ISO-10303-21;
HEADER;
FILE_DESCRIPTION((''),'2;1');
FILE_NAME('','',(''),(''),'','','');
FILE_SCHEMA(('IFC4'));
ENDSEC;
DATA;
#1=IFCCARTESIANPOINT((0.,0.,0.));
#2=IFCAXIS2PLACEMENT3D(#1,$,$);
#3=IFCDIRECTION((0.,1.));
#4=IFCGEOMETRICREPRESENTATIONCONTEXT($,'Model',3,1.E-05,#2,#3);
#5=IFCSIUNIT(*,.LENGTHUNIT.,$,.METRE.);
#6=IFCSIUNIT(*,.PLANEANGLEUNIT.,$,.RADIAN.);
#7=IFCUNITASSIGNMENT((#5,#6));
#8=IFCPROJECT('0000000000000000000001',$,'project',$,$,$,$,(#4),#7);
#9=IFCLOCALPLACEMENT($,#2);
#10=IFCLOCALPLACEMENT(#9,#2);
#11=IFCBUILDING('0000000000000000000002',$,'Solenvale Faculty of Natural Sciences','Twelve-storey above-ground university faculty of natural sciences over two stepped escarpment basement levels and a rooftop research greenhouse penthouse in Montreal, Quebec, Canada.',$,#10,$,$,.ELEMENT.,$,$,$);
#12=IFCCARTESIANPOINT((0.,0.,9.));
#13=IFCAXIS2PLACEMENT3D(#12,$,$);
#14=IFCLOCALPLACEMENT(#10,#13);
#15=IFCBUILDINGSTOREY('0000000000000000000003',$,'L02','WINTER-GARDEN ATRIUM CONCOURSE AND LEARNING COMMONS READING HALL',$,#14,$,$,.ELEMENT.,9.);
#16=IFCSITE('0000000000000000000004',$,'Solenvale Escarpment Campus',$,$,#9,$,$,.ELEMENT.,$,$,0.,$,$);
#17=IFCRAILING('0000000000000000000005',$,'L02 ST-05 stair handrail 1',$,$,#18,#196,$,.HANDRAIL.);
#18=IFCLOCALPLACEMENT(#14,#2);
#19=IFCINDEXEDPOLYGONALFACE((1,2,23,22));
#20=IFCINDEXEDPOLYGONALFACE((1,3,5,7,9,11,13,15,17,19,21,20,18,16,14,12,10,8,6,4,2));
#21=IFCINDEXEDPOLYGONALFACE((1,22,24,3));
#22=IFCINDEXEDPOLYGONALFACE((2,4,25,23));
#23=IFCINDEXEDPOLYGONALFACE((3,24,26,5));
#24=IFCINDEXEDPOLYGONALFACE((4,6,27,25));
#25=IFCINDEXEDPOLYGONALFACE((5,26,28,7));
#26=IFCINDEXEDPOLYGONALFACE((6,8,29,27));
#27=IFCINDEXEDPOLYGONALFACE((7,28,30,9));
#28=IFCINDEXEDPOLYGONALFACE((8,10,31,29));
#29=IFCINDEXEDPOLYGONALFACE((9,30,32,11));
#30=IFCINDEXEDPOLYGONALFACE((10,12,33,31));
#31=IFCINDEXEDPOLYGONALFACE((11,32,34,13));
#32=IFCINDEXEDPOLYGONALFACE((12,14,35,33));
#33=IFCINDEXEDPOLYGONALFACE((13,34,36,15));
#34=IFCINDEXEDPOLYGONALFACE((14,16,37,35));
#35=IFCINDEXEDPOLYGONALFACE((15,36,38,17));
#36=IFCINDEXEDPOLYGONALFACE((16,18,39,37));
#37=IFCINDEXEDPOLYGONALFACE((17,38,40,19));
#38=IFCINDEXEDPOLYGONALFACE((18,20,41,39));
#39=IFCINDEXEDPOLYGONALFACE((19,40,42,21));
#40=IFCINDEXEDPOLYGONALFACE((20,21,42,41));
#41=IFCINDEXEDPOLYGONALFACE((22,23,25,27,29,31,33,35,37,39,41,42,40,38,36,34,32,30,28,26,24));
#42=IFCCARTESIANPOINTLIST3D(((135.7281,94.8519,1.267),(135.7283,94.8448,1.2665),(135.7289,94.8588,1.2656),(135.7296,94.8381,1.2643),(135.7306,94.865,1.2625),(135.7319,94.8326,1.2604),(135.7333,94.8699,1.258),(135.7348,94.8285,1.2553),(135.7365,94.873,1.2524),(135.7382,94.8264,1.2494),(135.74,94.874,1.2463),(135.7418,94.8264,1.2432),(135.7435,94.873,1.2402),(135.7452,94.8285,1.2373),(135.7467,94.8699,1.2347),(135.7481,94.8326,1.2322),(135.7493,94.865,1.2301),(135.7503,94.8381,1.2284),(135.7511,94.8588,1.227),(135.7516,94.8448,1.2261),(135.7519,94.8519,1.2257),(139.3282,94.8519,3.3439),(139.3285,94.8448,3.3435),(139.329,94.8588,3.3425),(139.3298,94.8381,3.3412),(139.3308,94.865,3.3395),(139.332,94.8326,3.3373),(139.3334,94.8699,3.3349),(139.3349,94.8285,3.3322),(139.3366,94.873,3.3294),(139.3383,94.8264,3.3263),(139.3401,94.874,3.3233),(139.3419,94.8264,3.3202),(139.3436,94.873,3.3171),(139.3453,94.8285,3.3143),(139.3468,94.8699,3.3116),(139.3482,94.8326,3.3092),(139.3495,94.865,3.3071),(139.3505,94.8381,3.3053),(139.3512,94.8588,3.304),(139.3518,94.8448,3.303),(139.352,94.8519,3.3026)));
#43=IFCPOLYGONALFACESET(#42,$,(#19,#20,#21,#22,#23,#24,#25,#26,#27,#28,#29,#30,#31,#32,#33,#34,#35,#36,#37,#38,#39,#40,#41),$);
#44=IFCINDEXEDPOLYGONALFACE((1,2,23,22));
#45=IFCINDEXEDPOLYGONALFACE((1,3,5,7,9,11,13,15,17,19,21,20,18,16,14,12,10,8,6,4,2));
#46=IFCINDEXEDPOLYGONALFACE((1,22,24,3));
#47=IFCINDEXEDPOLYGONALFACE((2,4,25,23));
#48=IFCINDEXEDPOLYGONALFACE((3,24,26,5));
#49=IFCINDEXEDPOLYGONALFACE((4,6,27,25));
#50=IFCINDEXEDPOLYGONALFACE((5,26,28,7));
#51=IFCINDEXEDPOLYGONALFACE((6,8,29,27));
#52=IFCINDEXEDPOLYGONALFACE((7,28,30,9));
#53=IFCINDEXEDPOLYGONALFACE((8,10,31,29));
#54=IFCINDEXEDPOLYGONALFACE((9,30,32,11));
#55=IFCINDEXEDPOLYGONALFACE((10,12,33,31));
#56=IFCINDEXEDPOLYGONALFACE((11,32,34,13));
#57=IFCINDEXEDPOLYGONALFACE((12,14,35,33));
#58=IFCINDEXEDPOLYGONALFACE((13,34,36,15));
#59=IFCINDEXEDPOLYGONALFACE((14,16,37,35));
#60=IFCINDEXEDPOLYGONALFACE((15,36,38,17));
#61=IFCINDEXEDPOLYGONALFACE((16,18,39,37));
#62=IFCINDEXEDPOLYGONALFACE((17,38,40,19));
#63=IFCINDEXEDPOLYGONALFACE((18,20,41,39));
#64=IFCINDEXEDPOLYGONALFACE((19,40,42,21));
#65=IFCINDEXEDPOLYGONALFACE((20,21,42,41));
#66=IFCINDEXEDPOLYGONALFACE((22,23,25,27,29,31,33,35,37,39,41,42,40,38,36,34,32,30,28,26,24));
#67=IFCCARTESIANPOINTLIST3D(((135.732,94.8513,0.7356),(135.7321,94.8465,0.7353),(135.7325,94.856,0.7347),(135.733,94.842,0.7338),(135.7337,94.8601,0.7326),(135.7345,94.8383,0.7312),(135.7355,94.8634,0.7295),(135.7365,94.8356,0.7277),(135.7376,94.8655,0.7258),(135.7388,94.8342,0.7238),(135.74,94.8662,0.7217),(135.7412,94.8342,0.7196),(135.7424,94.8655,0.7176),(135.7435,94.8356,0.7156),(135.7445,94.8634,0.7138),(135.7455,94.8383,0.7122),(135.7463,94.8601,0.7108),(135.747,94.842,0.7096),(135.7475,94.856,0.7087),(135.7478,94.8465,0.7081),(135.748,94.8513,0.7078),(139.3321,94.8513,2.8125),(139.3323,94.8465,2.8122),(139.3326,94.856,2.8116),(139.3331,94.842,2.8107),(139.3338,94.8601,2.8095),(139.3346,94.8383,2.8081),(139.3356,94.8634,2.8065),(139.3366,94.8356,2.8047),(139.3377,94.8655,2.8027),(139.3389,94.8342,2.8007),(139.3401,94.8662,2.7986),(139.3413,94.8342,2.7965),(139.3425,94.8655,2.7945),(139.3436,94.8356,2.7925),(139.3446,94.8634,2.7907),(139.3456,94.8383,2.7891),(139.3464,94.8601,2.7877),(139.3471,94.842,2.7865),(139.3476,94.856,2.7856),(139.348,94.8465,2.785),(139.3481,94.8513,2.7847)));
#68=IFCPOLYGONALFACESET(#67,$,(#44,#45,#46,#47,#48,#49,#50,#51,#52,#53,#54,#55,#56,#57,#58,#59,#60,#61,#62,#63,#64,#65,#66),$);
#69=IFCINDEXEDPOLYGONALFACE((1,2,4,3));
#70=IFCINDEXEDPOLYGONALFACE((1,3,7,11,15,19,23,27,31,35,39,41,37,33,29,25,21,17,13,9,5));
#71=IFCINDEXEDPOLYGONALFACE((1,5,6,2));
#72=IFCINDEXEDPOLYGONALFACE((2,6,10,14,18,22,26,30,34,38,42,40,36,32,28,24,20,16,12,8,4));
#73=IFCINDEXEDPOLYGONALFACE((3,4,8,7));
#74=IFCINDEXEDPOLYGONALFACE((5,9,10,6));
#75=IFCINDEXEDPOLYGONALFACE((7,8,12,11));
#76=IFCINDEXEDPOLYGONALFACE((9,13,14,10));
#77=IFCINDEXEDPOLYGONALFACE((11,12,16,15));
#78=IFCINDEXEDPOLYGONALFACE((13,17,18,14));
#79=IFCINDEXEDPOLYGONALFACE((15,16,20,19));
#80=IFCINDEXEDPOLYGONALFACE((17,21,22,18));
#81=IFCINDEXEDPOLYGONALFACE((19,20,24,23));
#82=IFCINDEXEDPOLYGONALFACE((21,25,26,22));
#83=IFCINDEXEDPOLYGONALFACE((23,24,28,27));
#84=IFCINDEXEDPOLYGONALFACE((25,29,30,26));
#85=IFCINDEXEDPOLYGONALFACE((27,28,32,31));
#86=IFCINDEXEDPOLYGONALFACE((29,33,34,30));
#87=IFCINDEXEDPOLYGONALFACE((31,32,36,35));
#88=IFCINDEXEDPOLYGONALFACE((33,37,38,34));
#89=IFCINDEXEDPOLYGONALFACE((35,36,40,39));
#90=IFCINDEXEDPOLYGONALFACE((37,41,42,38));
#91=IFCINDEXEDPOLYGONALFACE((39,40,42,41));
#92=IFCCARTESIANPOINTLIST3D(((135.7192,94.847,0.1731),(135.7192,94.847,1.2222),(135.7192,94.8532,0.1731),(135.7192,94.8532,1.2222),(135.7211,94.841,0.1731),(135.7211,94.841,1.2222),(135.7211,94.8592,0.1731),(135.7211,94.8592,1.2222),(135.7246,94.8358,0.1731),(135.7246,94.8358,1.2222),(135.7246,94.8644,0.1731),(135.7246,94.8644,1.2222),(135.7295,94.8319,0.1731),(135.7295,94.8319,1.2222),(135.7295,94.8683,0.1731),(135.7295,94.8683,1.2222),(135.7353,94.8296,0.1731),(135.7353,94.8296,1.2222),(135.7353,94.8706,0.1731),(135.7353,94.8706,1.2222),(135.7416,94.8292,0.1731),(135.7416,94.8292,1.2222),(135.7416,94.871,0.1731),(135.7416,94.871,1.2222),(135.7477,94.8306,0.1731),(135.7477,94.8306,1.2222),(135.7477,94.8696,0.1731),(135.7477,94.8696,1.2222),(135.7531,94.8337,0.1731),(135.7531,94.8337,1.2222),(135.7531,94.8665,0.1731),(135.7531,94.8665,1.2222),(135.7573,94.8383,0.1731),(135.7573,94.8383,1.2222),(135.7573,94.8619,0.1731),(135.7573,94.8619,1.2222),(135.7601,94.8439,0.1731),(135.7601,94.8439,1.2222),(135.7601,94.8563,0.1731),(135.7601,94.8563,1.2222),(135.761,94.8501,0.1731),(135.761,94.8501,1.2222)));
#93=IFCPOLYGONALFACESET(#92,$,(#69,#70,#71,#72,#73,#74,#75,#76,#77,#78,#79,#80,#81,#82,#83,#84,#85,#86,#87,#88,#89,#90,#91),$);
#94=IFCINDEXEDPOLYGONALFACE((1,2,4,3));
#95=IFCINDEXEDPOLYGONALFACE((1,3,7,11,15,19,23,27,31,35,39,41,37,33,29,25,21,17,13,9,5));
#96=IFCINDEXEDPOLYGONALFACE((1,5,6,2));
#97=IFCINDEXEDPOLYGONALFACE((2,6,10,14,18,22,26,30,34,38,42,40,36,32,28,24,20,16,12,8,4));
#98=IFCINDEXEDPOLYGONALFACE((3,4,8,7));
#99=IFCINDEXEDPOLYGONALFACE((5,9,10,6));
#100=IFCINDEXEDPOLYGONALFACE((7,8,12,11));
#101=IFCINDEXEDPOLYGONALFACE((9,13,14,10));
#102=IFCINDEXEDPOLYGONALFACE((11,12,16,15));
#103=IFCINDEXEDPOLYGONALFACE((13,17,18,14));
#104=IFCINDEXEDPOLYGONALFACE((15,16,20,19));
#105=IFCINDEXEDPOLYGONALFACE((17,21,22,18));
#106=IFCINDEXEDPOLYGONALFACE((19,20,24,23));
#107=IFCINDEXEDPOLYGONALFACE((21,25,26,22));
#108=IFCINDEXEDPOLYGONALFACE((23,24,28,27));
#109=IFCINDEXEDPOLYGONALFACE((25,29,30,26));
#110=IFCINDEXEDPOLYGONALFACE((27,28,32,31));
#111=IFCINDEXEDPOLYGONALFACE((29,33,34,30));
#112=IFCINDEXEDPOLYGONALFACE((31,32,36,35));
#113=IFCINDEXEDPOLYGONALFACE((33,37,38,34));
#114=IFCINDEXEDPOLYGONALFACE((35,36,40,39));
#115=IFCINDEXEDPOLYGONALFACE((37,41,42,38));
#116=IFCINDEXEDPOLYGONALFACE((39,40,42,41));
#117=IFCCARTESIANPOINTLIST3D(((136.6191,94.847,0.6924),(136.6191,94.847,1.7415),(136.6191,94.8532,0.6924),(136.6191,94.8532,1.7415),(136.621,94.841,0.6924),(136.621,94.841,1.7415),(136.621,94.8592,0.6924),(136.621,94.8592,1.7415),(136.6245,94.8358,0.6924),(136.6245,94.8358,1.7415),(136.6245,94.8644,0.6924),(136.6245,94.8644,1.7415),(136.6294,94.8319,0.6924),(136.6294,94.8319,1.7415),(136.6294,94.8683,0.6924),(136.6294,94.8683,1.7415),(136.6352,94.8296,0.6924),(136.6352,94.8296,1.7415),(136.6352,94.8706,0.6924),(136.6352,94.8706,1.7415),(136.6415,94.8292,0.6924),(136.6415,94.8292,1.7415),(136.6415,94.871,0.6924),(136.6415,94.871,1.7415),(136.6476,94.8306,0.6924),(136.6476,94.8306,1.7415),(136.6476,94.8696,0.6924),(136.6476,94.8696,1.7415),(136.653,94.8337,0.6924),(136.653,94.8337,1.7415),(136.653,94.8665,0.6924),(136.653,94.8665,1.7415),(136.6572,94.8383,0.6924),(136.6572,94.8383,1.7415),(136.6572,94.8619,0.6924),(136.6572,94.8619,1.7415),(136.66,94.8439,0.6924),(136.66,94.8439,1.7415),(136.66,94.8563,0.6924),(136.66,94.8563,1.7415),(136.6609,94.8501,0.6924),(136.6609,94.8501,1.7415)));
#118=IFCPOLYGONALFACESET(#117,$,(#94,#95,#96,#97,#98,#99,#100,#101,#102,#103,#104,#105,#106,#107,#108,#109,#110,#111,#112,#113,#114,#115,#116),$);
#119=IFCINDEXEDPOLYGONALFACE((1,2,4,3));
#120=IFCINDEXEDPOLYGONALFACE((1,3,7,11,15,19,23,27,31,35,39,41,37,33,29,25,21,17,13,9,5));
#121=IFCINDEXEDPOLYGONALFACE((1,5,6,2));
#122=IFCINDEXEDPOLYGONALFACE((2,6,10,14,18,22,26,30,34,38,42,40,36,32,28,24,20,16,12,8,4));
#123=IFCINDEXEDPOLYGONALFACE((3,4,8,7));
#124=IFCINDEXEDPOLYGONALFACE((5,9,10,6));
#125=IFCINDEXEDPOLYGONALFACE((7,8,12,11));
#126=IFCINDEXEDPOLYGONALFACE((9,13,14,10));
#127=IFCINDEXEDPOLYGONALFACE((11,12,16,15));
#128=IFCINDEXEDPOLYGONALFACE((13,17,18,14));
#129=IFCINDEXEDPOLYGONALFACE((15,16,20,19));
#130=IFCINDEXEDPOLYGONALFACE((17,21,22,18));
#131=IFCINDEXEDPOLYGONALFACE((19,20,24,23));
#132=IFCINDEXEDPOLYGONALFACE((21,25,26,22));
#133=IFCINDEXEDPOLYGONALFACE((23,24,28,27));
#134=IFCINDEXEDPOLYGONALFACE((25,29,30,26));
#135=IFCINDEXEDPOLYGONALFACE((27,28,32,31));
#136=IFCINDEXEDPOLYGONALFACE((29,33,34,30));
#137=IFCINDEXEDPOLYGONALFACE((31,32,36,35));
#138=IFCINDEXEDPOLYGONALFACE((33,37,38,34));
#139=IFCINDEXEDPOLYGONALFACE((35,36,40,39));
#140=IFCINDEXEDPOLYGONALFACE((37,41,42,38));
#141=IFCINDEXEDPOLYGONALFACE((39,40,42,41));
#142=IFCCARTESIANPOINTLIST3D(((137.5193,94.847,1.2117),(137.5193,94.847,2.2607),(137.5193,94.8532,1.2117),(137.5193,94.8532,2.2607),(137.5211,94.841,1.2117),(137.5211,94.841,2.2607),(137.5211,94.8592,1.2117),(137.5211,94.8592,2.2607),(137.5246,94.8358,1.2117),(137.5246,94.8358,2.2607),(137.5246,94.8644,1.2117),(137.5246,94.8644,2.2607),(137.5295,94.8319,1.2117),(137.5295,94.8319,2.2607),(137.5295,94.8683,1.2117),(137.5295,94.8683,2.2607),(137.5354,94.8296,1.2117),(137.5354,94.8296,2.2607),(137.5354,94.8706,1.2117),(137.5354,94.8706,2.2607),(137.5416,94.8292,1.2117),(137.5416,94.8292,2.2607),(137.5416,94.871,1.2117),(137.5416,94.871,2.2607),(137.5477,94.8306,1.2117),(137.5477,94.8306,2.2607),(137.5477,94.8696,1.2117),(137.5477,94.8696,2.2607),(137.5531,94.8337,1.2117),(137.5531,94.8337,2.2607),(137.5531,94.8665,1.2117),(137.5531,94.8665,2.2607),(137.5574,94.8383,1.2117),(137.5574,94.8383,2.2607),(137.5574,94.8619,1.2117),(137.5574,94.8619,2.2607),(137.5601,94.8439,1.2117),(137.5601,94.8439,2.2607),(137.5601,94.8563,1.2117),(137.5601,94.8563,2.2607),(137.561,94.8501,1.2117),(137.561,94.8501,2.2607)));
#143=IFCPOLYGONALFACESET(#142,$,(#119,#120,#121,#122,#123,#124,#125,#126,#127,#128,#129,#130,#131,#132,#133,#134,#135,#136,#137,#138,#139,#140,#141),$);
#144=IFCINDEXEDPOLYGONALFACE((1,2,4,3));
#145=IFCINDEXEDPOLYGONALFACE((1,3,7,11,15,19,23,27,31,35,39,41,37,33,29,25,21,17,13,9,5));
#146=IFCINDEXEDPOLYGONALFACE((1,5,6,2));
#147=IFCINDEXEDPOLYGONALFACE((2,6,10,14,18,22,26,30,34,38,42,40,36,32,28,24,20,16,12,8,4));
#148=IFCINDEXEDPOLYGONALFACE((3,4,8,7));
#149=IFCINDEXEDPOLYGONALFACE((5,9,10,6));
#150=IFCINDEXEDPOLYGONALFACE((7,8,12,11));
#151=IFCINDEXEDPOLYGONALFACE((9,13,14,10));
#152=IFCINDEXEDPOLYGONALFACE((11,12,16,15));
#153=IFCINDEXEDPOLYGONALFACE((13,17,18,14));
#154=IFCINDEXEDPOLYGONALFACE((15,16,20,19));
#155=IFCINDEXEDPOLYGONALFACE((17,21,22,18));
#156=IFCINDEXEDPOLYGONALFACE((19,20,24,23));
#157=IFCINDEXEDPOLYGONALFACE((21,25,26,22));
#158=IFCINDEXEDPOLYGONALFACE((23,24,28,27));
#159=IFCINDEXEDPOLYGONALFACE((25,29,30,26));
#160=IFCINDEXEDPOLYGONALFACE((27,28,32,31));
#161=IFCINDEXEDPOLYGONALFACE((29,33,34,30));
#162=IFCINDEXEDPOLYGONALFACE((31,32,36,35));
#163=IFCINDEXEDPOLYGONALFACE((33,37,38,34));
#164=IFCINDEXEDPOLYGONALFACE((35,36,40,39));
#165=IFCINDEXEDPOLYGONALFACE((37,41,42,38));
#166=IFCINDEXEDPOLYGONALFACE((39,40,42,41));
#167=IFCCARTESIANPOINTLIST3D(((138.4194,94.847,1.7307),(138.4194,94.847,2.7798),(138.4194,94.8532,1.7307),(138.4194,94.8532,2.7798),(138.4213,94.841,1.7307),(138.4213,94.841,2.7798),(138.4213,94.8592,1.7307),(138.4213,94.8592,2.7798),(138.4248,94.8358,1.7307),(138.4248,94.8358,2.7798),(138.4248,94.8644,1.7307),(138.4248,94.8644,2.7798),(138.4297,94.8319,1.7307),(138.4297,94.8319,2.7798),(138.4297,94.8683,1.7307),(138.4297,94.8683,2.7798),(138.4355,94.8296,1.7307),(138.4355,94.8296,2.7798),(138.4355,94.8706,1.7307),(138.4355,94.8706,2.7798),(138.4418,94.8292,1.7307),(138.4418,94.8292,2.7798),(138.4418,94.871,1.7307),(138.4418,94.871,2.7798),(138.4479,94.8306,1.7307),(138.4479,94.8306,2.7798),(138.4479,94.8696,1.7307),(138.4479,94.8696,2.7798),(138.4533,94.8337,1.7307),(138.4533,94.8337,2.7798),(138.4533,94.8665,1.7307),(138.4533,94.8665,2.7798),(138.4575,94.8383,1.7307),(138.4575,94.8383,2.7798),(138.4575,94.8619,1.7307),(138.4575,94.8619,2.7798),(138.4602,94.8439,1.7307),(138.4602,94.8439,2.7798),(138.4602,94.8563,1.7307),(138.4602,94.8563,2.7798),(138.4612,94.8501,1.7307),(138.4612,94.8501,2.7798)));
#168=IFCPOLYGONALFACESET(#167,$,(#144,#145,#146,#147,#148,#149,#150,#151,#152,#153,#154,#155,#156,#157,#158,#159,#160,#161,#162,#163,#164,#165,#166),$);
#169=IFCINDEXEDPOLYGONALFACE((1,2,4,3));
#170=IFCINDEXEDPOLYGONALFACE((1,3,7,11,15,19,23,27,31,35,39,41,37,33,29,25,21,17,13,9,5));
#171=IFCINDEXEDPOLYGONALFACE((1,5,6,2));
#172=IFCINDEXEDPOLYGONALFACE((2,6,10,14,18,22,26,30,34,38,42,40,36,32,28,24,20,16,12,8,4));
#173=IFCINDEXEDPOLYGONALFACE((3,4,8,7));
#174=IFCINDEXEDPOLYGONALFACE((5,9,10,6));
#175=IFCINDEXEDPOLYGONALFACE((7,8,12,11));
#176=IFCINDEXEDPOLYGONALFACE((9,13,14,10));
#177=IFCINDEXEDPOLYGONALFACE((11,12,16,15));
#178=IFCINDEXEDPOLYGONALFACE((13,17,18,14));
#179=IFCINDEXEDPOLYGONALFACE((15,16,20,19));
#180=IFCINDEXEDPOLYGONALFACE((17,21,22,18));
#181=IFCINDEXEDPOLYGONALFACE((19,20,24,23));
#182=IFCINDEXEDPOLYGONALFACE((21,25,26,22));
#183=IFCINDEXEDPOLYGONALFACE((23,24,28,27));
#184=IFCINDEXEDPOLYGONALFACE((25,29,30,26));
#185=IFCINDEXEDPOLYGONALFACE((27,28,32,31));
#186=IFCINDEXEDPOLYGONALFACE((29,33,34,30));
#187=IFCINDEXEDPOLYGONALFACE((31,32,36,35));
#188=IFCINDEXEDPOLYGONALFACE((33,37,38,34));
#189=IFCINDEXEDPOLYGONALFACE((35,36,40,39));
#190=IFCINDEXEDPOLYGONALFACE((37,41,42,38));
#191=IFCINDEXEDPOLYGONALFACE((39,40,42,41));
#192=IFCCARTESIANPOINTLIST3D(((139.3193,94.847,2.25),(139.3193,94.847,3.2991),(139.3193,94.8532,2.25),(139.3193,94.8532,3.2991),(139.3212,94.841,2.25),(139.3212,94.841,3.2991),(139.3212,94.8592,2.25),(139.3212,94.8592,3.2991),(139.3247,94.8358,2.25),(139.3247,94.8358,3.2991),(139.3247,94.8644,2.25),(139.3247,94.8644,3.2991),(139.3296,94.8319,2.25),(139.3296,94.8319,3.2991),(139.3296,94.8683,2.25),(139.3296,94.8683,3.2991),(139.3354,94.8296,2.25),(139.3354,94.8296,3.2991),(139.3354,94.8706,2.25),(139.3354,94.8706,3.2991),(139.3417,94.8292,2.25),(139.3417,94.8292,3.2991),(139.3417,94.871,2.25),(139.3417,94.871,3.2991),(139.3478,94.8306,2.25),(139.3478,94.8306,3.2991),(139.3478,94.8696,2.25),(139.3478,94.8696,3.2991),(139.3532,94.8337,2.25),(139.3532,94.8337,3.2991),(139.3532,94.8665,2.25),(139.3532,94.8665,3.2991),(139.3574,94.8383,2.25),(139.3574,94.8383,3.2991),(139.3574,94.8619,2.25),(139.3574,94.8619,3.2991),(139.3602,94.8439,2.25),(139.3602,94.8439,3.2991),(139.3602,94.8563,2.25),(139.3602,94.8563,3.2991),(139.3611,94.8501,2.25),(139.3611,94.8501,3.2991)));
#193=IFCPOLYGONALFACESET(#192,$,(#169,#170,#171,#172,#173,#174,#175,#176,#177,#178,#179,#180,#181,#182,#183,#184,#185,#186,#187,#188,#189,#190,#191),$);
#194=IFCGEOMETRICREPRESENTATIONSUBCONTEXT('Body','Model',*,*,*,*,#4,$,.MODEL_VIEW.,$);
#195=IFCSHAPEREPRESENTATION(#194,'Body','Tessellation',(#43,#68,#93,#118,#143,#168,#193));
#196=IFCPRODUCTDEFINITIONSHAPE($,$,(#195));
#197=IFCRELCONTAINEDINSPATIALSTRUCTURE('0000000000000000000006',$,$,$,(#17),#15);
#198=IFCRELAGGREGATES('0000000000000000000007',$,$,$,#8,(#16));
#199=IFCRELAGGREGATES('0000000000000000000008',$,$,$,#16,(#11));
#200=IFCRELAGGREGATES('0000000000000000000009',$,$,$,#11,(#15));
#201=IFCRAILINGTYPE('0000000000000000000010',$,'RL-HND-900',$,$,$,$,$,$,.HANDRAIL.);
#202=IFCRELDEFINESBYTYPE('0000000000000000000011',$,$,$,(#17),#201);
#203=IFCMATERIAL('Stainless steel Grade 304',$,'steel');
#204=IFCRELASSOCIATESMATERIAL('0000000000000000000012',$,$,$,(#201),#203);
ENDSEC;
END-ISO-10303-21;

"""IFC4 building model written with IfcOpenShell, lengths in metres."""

from ifc_helpers import new_model, si_unit, direction, frame, origin, origin_2d, place, context, subcontext, project, spatial, circle, extrude, material, type_object, element, save


model = new_model("IFC4")

# Units and contexts
model_context = context("Model", 3, precision=1e-05, world=origin(), true_north=direction((0.0, 1.0)))
body_context = subcontext(model_context, "Body", "Model", "MODEL_VIEW")
ifc_project = project(units=[si_unit("LENGTHUNIT", "METRE"), si_unit("PLANEANGLEUNIT", "RADIAN")], contexts=[model_context])

# Site, building, storey
site_placement = place(None, origin())
site = spatial("IfcSite", under=ifc_project, at=site_placement, Name="Solenvale Escarpment Campus", CompositionType="ELEMENT", RefElevation=0.0)
building_placement = place(site_placement, origin())
building = spatial("IfcBuilding", under=site, at=building_placement, Name="Solenvale Faculty of Natural Sciences", Description="Twelve-storey above-ground university faculty of natural sciences over two stepped escarpment basement levels and a rooftop research greenhouse penthouse in Montreal, Quebec, Canada.", CompositionType="ELEMENT")
storey_placement = place(building_placement, frame((0.0, 0.0, 9.0)))
storey = spatial("IfcBuildingStorey", under=building, at=storey_placement, Name="L02", Description="WINTER-GARDEN ATRIUM CONCOURSE AND LEARNING COMMONS READING HALL", CompositionType="ELEMENT", Elevation=9.0)

# Railing
ifc_material_1 = material(Name="Stainless steel Grade 304", Category="steel")
railing_type = type_object("IfcRailingType", Name="RL-HND-900", PredefinedType="HANDRAIL", material=ifc_material_1)
railing_placement = place(storey_placement, frame((135.74, 94.8501, 0.1731)))
element("IfcRailing", 1, at=railing_placement, inside=storey, type_object=railing_type, Name="L02 ST-05 stair handrail 1", PredefinedType="HANDRAIL", context=body_context, shape_type="SweptSolid", body=[
    extrude(circle(Radius=0.0239, at=origin_2d()), frame((0.0, 0.0, 1.0732), z_axis=(0.866193, 0.0, 0.499709), x_axis=(0.0, 1.0, 0.0)), (0.0, 0.0, 1.0), 4.1562),
    extrude(circle(Radius=0.0161, at=origin_2d()), frame((0.0, 0.0, 0.5486), z_axis=(0.866193, 0.0, 0.499709), x_axis=(0.0, 1.0, 0.0)), (0.0, 0.0, 1.0), 4.1562),
    extrude(circle(Radius=0.021, at=origin_2d()), origin(), (0.0, 0.0, 1.0), 1.0491),
    extrude(circle(Radius=0.021, at=origin_2d()), frame((0.8999, 0.0, 0.5193)), (0.0, 0.0, 1.0), 1.0491),
    extrude(circle(Radius=0.021, at=origin_2d()), frame((1.8, 0.0, 1.0386)), (0.0, 0.0, 1.0), 1.0491),
    extrude(circle(Radius=0.021, at=origin_2d()), frame((2.7002, 0.0, 1.5576)), (0.0, 0.0, 1.0), 1.0491),
    extrude(circle(Radius=0.021, at=origin_2d()), frame((3.6001, 0.0, 2.0769)), (0.0, 0.0, 1.0), 1.0491),
])

save(model, "model.ifc")
